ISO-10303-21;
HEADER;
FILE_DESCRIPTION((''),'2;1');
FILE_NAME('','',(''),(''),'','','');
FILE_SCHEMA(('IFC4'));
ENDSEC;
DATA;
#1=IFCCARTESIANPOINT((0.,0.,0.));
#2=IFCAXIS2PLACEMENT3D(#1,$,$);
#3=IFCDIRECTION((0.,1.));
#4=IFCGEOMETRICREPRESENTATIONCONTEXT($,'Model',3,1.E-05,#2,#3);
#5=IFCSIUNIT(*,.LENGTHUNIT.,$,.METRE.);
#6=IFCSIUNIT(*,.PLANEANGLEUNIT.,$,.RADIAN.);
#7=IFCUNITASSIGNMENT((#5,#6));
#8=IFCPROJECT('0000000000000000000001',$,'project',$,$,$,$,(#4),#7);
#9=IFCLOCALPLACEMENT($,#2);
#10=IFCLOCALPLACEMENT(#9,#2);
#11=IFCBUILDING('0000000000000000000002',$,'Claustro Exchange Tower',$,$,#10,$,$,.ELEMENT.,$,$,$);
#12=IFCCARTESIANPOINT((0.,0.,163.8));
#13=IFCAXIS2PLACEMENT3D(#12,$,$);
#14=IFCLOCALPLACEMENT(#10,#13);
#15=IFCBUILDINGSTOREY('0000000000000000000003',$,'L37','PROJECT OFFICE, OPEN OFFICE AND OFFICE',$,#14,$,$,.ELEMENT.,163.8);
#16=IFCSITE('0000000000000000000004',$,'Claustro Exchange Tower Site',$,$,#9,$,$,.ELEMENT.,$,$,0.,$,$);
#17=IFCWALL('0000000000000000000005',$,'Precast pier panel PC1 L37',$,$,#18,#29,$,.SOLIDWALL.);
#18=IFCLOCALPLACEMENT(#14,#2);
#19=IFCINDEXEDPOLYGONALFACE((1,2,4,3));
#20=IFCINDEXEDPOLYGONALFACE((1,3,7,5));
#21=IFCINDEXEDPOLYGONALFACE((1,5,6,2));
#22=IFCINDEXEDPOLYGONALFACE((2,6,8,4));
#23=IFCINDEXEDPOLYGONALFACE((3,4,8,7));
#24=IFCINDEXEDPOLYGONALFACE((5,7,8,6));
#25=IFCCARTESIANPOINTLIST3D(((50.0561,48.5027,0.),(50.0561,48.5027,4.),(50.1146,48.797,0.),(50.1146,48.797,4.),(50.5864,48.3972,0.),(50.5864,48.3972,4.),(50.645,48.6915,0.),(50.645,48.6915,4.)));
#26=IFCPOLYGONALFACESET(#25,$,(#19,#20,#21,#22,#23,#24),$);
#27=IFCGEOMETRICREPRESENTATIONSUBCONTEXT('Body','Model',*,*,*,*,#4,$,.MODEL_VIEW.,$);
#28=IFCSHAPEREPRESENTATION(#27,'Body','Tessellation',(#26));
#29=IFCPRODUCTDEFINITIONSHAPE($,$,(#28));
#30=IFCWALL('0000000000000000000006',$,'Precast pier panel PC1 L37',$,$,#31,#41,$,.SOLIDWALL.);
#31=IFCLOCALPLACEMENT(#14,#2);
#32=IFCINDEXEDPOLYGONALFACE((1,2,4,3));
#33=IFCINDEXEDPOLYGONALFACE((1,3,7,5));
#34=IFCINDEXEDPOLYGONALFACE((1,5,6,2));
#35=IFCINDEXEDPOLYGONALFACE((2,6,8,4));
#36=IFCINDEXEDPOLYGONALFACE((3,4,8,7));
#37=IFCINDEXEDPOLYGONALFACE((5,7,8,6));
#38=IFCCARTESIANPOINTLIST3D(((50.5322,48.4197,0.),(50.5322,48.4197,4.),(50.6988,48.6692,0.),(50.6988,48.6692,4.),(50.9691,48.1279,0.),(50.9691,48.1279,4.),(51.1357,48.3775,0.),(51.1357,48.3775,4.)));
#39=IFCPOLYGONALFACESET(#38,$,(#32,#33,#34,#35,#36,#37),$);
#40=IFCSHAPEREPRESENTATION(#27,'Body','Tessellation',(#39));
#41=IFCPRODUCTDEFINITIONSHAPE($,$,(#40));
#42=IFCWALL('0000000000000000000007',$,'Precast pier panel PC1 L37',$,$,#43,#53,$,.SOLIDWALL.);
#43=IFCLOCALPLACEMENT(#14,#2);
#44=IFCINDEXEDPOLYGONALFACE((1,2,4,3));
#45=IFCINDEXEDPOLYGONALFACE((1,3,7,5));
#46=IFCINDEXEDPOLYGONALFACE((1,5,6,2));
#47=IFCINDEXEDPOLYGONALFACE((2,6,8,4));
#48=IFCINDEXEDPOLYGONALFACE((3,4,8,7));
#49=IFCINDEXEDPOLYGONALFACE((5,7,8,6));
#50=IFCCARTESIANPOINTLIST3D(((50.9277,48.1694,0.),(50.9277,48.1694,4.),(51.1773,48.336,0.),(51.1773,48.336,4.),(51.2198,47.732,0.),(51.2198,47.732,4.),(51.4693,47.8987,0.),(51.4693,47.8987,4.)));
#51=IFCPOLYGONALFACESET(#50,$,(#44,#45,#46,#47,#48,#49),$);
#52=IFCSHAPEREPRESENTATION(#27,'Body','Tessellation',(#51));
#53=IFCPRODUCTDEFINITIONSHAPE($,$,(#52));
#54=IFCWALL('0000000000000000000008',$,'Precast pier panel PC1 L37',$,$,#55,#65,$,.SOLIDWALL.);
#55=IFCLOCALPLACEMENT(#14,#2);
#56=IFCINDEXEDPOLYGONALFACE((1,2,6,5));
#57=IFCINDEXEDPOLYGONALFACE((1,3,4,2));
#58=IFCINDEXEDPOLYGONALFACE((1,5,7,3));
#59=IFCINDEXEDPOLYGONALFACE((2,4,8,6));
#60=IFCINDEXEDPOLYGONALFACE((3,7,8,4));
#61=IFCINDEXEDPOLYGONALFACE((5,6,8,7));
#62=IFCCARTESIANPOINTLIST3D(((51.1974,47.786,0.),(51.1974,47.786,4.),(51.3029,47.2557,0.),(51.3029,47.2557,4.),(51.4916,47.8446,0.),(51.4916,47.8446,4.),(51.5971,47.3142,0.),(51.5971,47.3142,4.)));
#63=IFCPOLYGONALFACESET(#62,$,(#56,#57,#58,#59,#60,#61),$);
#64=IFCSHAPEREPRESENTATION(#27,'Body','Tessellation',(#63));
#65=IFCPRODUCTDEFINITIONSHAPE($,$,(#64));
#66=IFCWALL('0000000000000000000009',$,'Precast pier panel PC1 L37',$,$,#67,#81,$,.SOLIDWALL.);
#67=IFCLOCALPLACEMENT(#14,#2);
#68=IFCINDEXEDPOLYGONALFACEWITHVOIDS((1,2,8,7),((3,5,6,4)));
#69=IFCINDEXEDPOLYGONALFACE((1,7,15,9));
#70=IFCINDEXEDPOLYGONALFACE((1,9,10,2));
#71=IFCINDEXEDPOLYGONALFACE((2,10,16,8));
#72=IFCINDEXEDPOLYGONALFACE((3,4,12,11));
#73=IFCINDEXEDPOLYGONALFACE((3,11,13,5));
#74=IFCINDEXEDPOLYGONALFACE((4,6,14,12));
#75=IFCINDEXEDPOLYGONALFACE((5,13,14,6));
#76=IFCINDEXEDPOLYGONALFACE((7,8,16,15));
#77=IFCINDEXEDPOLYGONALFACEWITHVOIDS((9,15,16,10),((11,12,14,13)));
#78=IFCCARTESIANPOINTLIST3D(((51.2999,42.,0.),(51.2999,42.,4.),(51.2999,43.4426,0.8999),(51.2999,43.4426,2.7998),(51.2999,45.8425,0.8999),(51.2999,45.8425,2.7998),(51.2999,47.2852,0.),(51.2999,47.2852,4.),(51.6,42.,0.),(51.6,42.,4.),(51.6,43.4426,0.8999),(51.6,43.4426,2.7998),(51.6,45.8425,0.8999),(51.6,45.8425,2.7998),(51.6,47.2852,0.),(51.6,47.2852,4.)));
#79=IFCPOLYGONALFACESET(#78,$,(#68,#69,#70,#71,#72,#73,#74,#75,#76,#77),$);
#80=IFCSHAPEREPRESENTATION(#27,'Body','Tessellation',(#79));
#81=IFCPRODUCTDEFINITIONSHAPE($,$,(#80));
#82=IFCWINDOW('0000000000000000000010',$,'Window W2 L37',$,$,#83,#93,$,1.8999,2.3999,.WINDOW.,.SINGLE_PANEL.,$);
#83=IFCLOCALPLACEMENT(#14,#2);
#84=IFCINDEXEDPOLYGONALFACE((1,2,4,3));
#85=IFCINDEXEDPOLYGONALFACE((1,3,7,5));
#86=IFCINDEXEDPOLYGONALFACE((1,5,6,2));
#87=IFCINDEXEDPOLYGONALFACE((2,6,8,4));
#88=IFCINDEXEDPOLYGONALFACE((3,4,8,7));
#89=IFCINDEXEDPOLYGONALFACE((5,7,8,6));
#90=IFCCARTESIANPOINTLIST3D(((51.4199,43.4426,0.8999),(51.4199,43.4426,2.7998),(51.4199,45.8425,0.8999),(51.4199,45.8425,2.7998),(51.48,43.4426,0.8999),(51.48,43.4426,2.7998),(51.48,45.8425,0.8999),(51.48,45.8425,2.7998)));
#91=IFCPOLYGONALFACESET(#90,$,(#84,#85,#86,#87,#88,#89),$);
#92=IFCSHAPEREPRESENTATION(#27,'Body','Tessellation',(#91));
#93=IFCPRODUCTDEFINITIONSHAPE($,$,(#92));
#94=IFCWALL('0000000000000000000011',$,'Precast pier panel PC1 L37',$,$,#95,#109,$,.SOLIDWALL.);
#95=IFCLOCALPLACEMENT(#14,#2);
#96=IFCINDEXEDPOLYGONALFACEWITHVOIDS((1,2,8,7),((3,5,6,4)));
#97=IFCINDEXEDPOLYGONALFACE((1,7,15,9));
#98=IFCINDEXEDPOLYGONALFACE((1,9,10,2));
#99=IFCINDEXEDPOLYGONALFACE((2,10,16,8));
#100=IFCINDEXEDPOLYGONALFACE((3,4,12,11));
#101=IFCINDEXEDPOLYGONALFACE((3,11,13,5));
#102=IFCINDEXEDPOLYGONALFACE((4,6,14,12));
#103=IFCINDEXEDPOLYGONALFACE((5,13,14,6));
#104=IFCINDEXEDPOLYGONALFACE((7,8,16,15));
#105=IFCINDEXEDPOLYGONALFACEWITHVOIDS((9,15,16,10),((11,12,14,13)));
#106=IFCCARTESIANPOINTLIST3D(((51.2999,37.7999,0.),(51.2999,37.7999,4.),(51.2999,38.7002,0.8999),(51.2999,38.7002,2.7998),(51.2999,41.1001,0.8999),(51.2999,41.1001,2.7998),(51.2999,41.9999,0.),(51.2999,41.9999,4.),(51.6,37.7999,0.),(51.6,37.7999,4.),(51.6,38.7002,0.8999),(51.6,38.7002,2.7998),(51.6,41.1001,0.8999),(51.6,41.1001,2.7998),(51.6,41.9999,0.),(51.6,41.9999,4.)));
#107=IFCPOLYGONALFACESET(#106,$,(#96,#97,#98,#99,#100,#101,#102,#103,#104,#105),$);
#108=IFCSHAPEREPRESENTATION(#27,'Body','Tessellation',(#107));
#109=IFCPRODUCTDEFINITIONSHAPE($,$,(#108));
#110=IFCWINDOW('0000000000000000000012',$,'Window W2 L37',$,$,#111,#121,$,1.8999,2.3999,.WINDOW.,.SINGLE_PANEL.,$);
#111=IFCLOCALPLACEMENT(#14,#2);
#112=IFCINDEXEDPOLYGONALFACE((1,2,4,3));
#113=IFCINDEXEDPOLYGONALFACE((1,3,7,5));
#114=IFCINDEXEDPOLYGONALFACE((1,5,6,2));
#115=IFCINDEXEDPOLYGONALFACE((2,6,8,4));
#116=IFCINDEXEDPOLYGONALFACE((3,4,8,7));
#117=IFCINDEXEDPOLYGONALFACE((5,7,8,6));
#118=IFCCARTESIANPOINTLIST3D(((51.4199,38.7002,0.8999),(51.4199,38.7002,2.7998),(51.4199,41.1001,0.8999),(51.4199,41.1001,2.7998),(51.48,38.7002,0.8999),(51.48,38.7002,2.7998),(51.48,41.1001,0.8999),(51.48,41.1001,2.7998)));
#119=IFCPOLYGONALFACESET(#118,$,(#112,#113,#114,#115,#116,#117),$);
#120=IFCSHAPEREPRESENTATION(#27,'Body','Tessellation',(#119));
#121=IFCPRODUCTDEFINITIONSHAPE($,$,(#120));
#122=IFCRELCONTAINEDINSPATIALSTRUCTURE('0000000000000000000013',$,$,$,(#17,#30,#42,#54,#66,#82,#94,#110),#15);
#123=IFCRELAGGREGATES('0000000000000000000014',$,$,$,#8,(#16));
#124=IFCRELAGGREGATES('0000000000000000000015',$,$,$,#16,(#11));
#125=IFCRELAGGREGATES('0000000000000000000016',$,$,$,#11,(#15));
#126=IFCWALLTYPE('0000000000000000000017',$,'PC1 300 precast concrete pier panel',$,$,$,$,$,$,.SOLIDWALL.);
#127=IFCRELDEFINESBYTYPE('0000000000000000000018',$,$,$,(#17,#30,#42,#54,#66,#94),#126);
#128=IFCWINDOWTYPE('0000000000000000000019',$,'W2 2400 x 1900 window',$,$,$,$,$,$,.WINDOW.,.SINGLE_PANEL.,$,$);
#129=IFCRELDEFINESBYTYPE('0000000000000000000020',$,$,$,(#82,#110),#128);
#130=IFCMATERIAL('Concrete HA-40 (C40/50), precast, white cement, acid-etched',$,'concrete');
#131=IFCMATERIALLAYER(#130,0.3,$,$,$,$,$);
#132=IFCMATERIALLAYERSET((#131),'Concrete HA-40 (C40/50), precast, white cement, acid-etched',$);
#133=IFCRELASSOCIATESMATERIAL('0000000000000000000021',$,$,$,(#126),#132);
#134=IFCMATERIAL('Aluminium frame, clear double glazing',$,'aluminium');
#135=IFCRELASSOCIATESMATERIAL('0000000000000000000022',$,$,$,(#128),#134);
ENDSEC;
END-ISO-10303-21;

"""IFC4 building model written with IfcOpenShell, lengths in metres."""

from ifc_helpers import new_model, si_unit, direction, frame, frame_2d, origin, place, context, subcontext, project, spatial, rectangle, extrude, material, layer, layer_set, type_object, element, fill, save


model = new_model("IFC4")

# Units and contexts
model_context = context("Model", 3, precision=1e-05, world=origin(), true_north=direction((0.0, 1.0)))
body_context = subcontext(model_context, "Body", "Model", "MODEL_VIEW")
ifc_project = project(units=[si_unit("LENGTHUNIT", "METRE"), si_unit("PLANEANGLEUNIT", "RADIAN")], contexts=[model_context])

# Site, building, storey
site_placement = place(None, origin())
site = spatial("IfcSite", under=ifc_project, at=site_placement, Name="Claustro Exchange Tower Site", CompositionType="ELEMENT", RefElevation=0.0)
building_placement = place(site_placement, origin())
building = spatial("IfcBuilding", under=site, at=building_placement, Name="Claustro Exchange Tower", CompositionType="ELEMENT")
storey_placement = place(building_placement, frame((0.0, 0.0, 163.8)))
storey = spatial("IfcBuildingStorey", under=building, at=storey_placement, Name="L37", Description="PROJECT OFFICE, OPEN OFFICE AND OFFICE", CompositionType="ELEMENT", Elevation=163.8)

# Shared definitions
ifc_material_1 = material(Name="Concrete HA-40 (C40/50), precast, white cement, acid-etched", Category="concrete")
ifc_layer_1 = layer(ifc_material_1, 0.3)
ifc_layer_set_1 = layer_set([ifc_layer_1], Name="Concrete HA-40 (C40/50), precast, white cement, acid-etched")
wall_type_1 = type_object("IfcWallType", Name="PC1 300 precast concrete pier panel", PredefinedType="SOLIDWALL", material=ifc_layer_set_1)

# Walls
wall_1_placement = place(storey_placement, frame((50.0852, 48.6499, 0.0), z_axis=(0.0, 0.0, 1.0), x_axis=(0.980789, -0.195074, 0.0)))
element("IfcWall", 1, at=wall_1_placement, inside=storey, type_object=wall_type_1, Name="Precast pier panel PC1 L37", PredefinedType="SOLIDWALL", context=body_context, shape_type="SweptSolid", body=[
    extrude(rectangle(XDim=0.5408, YDim=0.3, at=frame_2d((0.2705, 0.0))), origin(), (0.0, 0.0, 1.0), 4.0),
])
wall_2_placement = place(storey_placement, frame((50.6155, 48.5444, 0.0), z_axis=(0.0, 0.0, 1.0), x_axis=(0.831693, -0.555236, 0.0)))
element("IfcWall", 2, at=wall_2_placement, inside=storey, type_object=wall_type_1, Name="Precast pier panel PC1 L37", PredefinedType="SOLIDWALL", context=body_context, shape_type="SweptSolid", body=[
    extrude(rectangle(XDim=0.5254, YDim=0.3, at=frame_2d((0.2627, 0.0))), origin(), (0.0, 0.0, 1.0), 4.0),
])
wall_3_placement = place(storey_placement, frame((51.0525, 48.2527, 0.0), z_axis=(0.0, 0.0, 1.0), x_axis=(0.555343, -0.831621, 0.0)))
element("IfcWall", 3, at=wall_3_placement, inside=storey, type_object=wall_type_1, Name="Precast pier panel PC1 L37", PredefinedType="SOLIDWALL", context=body_context, shape_type="SweptSolid", body=[
    extrude(rectangle(XDim=0.5259, YDim=0.3, at=frame_2d((0.2629, 0.0))), origin(), (0.0, 0.0, 1.0), 4.0),
])
wall_4_placement = place(storey_placement, frame((51.3445, 47.8154, 0.0), z_axis=(0.0, 0.0, 1.0), x_axis=(0.195074, -0.980789, 0.0)))
element("IfcWall", 4, at=wall_4_placement, inside=storey, type_object=wall_type_1, Name="Precast pier panel PC1 L37", PredefinedType="SOLIDWALL", context=body_context, shape_type="SweptSolid", body=[
    extrude(rectangle(XDim=0.5408, YDim=0.3, at=frame_2d((0.2705, 0.0))), origin(), (0.0, 0.0, 1.0), 4.0),
])

# Walls, openings, windows
wall_5_placement = place(storey_placement, frame((51.45, 47.2852, 0.0), z_axis=(0.0, 0.0, 1.0), x_axis=(0.0, -1.0, 0.0)))
wall_5 = element("IfcWall", 5, at=wall_5_placement, inside=storey, type_object=wall_type_1, Name="Precast pier panel PC1 L37", PredefinedType="SOLIDWALL", context=body_context, shape_type="SweptSolid", body=[
    extrude(rectangle(XDim=5.2852, YDim=0.3, at=frame_2d((2.6426, 0.0))), origin(), (0.0, 0.0, 1.0), 4.0),
])
opening_1_placement = place(wall_5_placement, frame((1.4426, 0.0, 0.8999)))
opening_1 = element("IfcOpeningElement", 6, at=opening_1_placement, cuts=wall_5, PredefinedType="OPENING", context=body_context, shape_type="SweptSolid", body=[
    extrude(rectangle(XDim=2.3999, YDim=1.8999, at=frame_2d((1.2, 0.95))), frame((0.0, 0.1599, 0.0), z_axis=(0.0, -1.0, 0.0), x_axis=(1.0, 0.0, 0.0)), (0.0, 0.0, 1.0), 0.3201),
])
ifc_material_2 = material(Name="Aluminium frame, clear double glazing", Category="aluminium")
window_type_1 = type_object("IfcWindowType", Name="W2 2400 x 1900 window", PartitioningType="SINGLE_PANEL", PredefinedType="WINDOW", material=ifc_material_2)
window_1_placement = place(opening_1_placement, origin())
window_1 = element("IfcWindow", 7, at=window_1_placement, inside=storey, type_object=window_type_1, Name="Window W2 L37", OverallHeight=1.8999, OverallWidth=2.3999, PartitioningType="SINGLE_PANEL", PredefinedType="WINDOW", context=body_context, shape_type="SweptSolid", body=[
    extrude(rectangle(XDim=2.3999, YDim=1.8999, at=frame_2d((1.2, 0.95))), frame((0.0, 0.03, 0.0), z_axis=(0.0, -1.0, 0.0), x_axis=(1.0, 0.0, 0.0)), (0.0, 0.0, 1.0), 0.0601),
])
fill(opening_1, window_1)
wall_6_placement = place(storey_placement, frame((51.45, 42.0, 0.0), z_axis=(0.0, 0.0, 1.0), x_axis=(0.0, -1.0, 0.0)))
wall_6 = element("IfcWall", 8, at=wall_6_placement, inside=storey, type_object=wall_type_1, Name="Precast pier panel PC1 L37", PredefinedType="SOLIDWALL", context=body_context, shape_type="SweptSolid", body=[
    extrude(rectangle(XDim=4.2, YDim=0.3, at=frame_2d((2.1001, 0.0))), origin(), (0.0, 0.0, 1.0), 4.0),
])
opening_2_placement = place(wall_6_placement, frame((0.8999, 0.0, 0.8999)))
opening_2 = element("IfcOpeningElement", 9, at=opening_2_placement, cuts=wall_6, PredefinedType="OPENING", context=body_context, shape_type="SweptSolid", body=[
    extrude(rectangle(XDim=2.3999, YDim=1.8999, at=frame_2d((1.2, 0.95))), frame((0.0, 0.1599, 0.0), z_axis=(0.0, -1.0, 0.0), x_axis=(1.0, 0.0, 0.0)), (0.0, 0.0, 1.0), 0.3201),
])
window_2_placement = place(opening_2_placement, origin())
window_2 = element("IfcWindow", 10, at=window_2_placement, inside=storey, type_object=window_type_1, Name="Window W2 L37", OverallHeight=1.8999, OverallWidth=2.3999, PartitioningType="SINGLE_PANEL", PredefinedType="WINDOW", context=body_context, shape_type="SweptSolid", body=[
    extrude(rectangle(XDim=2.3999, YDim=1.8999, at=frame_2d((1.2, 0.95))), frame((0.0, 0.03, 0.0), z_axis=(0.0, -1.0, 0.0), x_axis=(1.0, 0.0, 0.0)), (0.0, 0.0, 1.0), 0.0601),
])
fill(opening_2, window_2)

save(model, "model.ifc")
